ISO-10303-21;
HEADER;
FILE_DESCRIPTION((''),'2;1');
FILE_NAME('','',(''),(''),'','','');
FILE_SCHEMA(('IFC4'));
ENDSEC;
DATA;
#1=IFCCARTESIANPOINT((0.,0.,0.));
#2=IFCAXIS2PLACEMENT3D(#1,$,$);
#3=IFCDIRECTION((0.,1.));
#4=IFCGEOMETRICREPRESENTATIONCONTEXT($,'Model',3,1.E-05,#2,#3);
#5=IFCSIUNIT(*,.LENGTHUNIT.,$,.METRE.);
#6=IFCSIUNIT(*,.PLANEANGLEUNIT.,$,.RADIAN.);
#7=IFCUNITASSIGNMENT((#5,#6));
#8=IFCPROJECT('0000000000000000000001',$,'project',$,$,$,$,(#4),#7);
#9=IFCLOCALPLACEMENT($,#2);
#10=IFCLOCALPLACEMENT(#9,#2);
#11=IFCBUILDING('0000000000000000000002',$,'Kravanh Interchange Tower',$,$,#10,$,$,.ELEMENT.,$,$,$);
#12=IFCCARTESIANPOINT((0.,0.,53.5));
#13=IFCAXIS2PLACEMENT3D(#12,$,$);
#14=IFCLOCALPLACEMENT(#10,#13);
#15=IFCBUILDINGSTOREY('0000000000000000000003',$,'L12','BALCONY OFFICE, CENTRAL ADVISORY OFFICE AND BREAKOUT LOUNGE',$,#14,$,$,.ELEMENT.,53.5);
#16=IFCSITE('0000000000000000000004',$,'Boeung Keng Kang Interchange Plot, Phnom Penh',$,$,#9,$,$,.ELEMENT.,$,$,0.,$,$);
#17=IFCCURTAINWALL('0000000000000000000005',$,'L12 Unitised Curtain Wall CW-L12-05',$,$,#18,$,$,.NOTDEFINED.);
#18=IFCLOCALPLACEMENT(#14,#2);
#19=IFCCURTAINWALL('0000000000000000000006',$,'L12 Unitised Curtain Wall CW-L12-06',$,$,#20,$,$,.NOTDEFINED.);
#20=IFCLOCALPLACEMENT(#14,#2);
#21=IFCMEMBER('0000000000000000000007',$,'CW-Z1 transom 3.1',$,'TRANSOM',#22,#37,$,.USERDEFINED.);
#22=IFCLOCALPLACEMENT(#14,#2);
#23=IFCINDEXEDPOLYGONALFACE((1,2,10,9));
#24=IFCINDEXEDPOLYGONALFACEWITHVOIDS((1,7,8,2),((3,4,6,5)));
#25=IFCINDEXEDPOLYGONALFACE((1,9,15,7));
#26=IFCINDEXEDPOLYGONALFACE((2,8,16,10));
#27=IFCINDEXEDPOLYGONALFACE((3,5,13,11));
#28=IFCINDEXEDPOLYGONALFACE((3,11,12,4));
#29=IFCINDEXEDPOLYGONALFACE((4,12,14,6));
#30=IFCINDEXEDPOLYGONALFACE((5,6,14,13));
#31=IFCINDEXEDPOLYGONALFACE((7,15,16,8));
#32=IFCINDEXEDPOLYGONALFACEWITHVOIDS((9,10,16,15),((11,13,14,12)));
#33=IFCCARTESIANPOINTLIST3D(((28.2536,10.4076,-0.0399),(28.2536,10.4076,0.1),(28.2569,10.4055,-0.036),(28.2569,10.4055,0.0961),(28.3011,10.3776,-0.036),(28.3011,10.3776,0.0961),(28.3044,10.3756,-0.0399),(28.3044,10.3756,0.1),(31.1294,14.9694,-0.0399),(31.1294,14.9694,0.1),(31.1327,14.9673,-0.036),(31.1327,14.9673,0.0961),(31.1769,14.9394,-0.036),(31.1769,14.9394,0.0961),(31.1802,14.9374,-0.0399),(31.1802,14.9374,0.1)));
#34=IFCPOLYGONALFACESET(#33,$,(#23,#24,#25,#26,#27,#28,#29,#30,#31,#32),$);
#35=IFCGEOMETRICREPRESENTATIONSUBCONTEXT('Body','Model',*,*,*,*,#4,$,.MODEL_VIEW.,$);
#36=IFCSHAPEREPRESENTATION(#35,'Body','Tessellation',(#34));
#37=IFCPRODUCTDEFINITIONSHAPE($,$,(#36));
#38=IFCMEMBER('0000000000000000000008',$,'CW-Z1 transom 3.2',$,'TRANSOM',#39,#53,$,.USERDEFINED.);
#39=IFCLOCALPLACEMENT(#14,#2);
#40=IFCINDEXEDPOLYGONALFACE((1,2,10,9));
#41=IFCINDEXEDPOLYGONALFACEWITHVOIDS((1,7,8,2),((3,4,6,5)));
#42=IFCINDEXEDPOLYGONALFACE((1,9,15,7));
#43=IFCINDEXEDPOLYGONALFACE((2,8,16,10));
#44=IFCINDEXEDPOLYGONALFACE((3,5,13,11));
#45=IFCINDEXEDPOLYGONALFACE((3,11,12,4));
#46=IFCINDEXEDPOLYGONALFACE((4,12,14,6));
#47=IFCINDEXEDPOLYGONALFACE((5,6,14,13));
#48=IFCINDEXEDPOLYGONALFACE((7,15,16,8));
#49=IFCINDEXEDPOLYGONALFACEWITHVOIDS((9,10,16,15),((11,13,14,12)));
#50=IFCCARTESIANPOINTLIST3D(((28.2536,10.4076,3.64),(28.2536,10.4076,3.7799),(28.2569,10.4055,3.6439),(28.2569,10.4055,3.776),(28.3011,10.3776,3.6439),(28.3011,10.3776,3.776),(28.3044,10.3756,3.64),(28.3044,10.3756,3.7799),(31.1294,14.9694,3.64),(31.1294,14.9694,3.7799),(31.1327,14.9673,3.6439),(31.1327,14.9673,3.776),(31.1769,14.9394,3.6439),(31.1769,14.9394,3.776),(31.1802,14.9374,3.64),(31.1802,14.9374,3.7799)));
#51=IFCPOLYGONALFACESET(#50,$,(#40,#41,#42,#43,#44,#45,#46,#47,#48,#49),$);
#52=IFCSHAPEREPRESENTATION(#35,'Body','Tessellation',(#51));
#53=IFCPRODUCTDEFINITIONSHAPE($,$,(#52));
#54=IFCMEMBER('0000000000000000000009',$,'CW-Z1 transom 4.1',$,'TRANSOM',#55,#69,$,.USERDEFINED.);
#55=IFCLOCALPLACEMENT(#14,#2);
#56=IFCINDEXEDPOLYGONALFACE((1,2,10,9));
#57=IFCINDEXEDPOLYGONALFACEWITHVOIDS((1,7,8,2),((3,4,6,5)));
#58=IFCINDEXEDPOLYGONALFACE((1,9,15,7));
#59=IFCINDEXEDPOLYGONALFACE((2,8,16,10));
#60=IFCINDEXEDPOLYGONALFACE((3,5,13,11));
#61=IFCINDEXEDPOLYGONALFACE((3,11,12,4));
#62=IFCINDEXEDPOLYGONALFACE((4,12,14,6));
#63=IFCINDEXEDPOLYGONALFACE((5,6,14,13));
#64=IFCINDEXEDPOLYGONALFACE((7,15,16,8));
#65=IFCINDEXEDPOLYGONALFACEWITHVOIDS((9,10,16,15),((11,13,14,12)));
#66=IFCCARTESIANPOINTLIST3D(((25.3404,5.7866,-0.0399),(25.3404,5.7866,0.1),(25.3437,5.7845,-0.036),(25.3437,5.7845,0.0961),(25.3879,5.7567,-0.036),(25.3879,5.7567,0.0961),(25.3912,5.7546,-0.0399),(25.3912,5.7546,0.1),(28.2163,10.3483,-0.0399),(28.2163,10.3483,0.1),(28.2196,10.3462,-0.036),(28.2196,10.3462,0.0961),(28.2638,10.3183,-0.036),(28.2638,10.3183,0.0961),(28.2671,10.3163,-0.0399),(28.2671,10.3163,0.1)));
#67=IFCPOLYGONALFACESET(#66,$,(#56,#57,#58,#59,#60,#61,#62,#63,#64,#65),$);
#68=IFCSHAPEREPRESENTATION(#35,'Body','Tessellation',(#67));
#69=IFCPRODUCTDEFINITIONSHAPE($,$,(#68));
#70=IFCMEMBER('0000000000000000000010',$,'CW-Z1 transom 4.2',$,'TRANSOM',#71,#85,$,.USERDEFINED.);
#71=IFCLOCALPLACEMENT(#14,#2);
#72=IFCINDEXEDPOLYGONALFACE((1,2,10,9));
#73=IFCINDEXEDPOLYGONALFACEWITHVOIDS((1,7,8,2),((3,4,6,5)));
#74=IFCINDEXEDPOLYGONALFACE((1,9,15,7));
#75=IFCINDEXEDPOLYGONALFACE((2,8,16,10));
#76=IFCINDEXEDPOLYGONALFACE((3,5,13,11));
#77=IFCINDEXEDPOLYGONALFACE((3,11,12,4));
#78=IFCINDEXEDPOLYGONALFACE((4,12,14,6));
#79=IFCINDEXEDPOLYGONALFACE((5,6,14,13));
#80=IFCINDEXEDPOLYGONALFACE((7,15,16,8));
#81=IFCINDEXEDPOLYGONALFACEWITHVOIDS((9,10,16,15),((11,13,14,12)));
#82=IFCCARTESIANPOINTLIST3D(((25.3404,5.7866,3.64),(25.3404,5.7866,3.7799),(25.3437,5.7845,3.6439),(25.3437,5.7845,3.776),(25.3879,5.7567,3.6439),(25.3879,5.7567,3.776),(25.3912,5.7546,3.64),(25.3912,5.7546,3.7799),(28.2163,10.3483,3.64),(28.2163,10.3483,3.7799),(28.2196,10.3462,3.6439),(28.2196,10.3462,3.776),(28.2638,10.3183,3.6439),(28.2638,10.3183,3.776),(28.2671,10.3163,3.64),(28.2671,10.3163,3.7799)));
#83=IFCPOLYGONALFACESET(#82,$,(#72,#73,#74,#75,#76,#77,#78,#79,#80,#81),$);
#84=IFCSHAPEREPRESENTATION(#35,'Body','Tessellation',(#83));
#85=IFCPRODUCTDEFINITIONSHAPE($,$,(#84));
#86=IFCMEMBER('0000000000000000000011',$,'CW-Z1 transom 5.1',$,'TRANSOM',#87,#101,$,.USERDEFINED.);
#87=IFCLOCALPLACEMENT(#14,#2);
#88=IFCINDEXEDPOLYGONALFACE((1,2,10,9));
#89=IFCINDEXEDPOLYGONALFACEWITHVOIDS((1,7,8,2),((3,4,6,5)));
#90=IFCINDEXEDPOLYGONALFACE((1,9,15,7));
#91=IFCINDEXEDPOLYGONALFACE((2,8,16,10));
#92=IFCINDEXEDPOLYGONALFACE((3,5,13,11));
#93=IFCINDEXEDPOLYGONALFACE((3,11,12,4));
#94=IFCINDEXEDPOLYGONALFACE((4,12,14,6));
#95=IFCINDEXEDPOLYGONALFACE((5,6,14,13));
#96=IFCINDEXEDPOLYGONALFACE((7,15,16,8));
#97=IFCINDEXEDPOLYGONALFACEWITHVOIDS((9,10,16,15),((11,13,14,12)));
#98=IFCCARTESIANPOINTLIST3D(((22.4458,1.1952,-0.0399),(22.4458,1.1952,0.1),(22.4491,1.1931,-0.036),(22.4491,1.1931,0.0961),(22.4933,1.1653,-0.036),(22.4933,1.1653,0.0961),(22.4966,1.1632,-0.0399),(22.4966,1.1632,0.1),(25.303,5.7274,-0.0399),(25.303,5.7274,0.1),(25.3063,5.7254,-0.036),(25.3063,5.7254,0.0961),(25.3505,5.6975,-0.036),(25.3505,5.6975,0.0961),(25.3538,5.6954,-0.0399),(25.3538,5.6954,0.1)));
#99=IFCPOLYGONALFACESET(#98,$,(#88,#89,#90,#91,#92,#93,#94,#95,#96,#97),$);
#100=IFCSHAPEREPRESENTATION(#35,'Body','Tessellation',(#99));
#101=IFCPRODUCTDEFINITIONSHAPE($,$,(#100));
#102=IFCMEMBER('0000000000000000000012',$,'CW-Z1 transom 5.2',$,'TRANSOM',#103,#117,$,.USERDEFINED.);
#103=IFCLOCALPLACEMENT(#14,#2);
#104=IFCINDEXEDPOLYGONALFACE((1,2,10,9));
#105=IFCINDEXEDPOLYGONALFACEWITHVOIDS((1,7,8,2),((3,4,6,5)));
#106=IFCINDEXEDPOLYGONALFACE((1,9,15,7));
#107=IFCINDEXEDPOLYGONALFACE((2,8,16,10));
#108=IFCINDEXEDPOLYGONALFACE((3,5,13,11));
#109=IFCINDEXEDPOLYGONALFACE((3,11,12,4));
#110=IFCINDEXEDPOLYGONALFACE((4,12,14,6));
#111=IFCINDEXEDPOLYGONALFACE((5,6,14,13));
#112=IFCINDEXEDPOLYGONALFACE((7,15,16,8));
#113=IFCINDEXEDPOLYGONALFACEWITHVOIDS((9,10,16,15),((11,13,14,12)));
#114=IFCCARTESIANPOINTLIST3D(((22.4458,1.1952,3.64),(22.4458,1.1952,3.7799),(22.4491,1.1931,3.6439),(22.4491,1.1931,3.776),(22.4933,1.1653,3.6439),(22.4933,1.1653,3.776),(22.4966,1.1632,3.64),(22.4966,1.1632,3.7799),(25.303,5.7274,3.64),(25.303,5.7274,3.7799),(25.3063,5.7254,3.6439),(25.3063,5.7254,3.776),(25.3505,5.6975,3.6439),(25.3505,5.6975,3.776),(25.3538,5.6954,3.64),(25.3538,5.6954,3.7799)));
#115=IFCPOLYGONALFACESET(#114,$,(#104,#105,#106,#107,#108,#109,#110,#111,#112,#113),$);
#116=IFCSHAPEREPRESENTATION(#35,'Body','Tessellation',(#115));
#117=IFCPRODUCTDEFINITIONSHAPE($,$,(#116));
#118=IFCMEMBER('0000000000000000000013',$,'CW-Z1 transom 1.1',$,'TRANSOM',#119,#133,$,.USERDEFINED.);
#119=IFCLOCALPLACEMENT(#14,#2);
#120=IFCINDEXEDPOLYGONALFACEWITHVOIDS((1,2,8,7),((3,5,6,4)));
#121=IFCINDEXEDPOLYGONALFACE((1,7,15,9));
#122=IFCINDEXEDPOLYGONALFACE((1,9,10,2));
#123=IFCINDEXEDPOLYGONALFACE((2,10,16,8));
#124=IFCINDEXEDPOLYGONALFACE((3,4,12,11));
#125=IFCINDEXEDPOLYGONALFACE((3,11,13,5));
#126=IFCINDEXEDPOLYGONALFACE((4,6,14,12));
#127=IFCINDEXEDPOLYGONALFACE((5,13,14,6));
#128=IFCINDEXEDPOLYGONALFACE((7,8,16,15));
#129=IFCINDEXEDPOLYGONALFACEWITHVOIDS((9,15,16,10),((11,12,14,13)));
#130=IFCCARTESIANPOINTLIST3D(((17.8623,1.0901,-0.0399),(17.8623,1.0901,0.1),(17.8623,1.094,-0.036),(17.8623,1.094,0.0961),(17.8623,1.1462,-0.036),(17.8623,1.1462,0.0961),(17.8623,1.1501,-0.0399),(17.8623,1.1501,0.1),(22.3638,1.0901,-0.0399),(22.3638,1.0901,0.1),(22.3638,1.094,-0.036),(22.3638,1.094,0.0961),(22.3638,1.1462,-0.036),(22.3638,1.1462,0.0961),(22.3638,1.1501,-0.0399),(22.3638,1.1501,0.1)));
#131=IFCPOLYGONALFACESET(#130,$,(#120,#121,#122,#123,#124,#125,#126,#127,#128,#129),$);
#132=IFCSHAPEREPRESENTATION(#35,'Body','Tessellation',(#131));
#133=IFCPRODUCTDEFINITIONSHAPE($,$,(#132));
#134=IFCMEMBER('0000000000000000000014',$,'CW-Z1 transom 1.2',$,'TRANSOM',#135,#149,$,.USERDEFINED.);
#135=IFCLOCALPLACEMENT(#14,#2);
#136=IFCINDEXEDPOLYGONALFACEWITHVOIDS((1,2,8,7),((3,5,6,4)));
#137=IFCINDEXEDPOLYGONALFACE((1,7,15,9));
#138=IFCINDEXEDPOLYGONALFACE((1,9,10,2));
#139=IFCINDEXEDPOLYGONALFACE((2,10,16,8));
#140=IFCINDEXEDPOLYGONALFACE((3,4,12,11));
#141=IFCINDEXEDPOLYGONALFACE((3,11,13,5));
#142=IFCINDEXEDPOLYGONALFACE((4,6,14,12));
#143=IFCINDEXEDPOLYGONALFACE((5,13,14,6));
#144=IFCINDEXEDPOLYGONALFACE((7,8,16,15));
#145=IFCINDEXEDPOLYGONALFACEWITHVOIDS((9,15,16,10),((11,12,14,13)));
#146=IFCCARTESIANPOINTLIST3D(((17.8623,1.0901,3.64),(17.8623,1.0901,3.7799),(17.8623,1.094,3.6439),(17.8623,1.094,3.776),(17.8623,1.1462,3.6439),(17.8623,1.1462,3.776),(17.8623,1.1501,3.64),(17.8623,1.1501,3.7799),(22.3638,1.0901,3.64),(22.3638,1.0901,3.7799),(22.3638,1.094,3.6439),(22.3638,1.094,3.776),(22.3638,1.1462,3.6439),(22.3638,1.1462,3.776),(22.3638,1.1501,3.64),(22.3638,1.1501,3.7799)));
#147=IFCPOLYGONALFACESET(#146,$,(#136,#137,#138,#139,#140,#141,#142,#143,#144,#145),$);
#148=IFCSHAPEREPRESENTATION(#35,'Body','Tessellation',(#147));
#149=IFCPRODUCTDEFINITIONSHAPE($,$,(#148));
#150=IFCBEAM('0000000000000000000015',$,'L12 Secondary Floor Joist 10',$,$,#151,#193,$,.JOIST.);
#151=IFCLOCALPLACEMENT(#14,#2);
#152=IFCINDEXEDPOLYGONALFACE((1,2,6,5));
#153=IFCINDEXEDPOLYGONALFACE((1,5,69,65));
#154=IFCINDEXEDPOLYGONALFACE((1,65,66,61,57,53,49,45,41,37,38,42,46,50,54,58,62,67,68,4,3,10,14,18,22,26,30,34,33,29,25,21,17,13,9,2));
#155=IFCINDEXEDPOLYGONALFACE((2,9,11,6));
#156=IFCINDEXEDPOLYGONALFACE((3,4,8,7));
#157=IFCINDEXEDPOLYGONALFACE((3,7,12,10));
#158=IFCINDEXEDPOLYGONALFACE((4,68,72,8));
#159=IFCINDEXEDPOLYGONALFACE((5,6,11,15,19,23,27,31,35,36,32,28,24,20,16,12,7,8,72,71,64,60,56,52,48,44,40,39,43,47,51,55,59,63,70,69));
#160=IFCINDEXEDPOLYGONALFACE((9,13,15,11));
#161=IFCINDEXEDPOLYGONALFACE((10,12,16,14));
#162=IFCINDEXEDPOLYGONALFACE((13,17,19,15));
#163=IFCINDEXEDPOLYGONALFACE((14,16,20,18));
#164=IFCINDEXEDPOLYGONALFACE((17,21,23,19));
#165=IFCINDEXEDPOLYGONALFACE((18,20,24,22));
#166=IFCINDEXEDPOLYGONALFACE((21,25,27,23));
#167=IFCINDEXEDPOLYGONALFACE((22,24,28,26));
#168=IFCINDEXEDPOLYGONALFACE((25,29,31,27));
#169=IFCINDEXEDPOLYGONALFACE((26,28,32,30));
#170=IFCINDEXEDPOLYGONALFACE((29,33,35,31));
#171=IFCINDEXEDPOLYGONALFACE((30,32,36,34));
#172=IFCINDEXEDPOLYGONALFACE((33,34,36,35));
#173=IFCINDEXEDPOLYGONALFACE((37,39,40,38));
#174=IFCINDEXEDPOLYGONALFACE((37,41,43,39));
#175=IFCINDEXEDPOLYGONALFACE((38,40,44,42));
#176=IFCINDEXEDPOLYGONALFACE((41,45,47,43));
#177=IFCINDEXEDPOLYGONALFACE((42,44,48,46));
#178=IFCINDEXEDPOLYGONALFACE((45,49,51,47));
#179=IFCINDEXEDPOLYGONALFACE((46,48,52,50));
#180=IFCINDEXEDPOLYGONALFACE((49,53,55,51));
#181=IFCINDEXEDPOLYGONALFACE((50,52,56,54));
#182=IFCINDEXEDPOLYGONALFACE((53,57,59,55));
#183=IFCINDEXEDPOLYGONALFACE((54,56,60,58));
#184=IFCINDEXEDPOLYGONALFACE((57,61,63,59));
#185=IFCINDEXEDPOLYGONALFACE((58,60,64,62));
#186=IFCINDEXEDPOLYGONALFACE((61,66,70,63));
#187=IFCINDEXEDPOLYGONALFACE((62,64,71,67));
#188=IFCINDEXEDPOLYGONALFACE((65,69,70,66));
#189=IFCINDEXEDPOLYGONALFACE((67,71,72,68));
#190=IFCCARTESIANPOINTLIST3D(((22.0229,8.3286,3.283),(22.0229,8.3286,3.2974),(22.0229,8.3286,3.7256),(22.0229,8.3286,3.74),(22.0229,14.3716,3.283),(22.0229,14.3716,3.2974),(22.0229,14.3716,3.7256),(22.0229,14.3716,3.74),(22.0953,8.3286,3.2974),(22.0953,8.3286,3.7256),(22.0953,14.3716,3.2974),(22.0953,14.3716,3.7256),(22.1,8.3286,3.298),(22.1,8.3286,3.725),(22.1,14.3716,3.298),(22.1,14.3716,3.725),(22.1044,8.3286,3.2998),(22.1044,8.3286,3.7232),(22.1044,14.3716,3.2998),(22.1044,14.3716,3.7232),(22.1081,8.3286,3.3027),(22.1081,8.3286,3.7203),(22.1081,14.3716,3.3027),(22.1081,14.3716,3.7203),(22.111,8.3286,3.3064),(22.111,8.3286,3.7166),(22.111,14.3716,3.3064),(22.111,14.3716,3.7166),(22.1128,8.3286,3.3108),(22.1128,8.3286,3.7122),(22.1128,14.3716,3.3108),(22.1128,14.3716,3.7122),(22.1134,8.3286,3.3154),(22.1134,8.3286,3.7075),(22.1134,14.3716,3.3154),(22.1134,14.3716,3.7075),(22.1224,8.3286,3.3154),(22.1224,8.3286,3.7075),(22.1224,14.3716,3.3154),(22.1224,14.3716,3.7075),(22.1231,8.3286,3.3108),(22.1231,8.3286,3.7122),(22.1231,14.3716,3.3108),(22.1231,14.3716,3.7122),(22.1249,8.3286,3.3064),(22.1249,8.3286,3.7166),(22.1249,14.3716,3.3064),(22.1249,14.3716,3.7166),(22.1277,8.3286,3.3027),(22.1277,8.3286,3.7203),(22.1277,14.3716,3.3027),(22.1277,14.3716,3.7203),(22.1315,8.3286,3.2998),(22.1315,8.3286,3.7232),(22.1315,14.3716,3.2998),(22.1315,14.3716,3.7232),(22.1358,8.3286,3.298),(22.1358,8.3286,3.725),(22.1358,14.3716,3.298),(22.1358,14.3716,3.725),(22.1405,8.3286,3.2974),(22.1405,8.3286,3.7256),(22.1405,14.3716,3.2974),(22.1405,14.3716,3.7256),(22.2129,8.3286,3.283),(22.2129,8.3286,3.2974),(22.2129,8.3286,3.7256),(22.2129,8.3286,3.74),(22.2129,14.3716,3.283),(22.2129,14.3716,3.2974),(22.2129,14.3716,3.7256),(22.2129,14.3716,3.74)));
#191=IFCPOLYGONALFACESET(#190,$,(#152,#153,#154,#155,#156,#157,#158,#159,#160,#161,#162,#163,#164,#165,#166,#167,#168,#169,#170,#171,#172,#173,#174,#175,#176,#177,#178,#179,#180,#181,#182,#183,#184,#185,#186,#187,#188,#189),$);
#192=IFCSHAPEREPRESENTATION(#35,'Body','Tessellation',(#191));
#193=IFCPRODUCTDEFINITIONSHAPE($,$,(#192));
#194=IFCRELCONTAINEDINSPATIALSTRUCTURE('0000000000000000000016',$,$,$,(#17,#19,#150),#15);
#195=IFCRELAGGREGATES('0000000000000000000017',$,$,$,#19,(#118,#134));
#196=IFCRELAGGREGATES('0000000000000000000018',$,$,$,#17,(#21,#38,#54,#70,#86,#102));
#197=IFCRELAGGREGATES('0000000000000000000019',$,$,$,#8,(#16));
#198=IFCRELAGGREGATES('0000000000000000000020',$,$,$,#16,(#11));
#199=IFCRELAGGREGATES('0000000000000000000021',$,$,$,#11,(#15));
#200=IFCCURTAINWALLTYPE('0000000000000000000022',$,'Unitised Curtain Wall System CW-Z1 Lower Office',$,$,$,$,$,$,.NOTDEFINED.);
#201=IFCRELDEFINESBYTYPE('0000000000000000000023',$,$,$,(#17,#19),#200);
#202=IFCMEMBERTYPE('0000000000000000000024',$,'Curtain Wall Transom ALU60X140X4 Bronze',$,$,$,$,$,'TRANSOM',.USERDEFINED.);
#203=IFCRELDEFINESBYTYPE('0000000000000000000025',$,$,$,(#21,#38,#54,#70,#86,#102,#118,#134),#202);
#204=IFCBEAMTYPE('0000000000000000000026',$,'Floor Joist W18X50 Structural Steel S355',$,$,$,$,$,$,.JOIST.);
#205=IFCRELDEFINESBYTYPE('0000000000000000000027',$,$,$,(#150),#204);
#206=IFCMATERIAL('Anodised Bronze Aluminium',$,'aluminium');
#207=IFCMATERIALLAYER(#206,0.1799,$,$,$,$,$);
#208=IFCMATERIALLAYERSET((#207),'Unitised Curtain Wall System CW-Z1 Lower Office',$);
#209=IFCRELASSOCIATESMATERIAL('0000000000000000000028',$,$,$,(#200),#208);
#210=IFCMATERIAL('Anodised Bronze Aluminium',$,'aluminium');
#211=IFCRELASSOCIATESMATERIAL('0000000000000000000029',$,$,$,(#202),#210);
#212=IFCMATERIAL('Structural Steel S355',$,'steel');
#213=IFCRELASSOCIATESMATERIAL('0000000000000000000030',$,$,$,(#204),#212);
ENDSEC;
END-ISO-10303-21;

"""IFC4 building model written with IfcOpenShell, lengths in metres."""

from ifc_helpers import new_model, si_unit, direction, frame, origin, origin_2d, place, context, subcontext, project, spatial, hollow_rectangle, i_section, extrude, material, layer, layer_set, material_profile, profile_set, type_object, element, aggregate, save


model = new_model("IFC4")

# Units and contexts
model_context = context("Model", 3, precision=1e-05, world=origin(), true_north=direction((0.0, 1.0)))
body_context = subcontext(model_context, "Body", "Model", "MODEL_VIEW")
ifc_project = project(units=[si_unit("LENGTHUNIT", "METRE"), si_unit("PLANEANGLEUNIT", "RADIAN")], contexts=[model_context])

# Site, building, storey
site_placement = place(None, origin())
site = spatial("IfcSite", under=ifc_project, at=site_placement, Name="Boeung Keng Kang Interchange Plot, Phnom Penh", CompositionType="ELEMENT", RefElevation=0.0)
building_placement = place(site_placement, origin())
building = spatial("IfcBuilding", under=site, at=building_placement, Name="Kravanh Interchange Tower", CompositionType="ELEMENT")
storey_placement = place(building_placement, frame((0.0, 0.0, 53.5)))
storey = spatial("IfcBuildingStorey", under=building, at=storey_placement, Name="L12", Description="BALCONY OFFICE, CENTRAL ADVISORY OFFICE AND BREAKOUT LOUNGE", CompositionType="ELEMENT", Elevation=53.5)

# Curtain wall
ifc_material_1 = material(Name="Anodised Bronze Aluminium", Category="aluminium")
ifc_layer_1 = layer(ifc_material_1, 0.1799)
ifc_layer_set_1 = layer_set([ifc_layer_1], Name="Unitised Curtain Wall System CW-Z1 Lower Office")
curtain_wall_type = type_object("IfcCurtainWallType", Name="Unitised Curtain Wall System CW-Z1 Lower Office", PredefinedType="NOTDEFINED", material=ifc_layer_set_1)
curtain_wall_1_placement = place(storey_placement, origin())
curtain_wall_1 = element("IfcCurtainWall", 1, at=curtain_wall_1_placement, inside=storey, type_object=curtain_wall_type, Name="L12 Unitised Curtain Wall CW-L12-05", PredefinedType="NOTDEFINED")

# Curtain wall
curtain_wall_2_placement = place(storey_placement, origin())
curtain_wall_2 = element("IfcCurtainWall", 2, at=curtain_wall_2_placement, inside=storey, type_object=curtain_wall_type, Name="L12 Unitised Curtain Wall CW-L12-06", PredefinedType="NOTDEFINED")

# Members
ifc_material_2 = material(Name="Anodised Bronze Aluminium", Category="aluminium")
ifc_material_profile_1 = material_profile(ifc_material_2, hollow_rectangle(XDim=0.0601, YDim=0.1399, WallThickness=0.0039, at=origin_2d()), Name="ALU60X140X4")
ifc_profile_set_1 = profile_set([ifc_material_profile_1], Name="Anodised Bronze Aluminium")
member_type_1 = type_object("IfcMemberType", Name="Curtain Wall Transom ALU60X140X4 Bronze", ElementType="TRANSOM", PredefinedType="USERDEFINED", material=ifc_profile_set_1)
member_1_placement = place(storey_placement, frame((31.1548, 14.9534, 0.03), z_axis=(-0.533279, -0.845939, 0.0), x_axis=(0.845939, -0.533279, 0.0)))
member_1 = element("IfcMember", 3, at=member_1_placement, type_object=member_type_1, Name="CW-Z1 transom 3.1", ObjectType="TRANSOM", PredefinedType="USERDEFINED", context=body_context, shape_type="SweptSolid", body=[
    extrude(hollow_rectangle(XDim=0.0601, YDim=0.1399, WallThickness=0.0039, at=origin_2d()), origin(), (0.0, 0.0, 1.0), 5.3926),
])
member_2_placement = place(storey_placement, frame((31.1548, 14.9534, 3.71), z_axis=(-0.533279, -0.845939, 0.0), x_axis=(0.845939, -0.533279, 0.0)))
member_2 = element("IfcMember", 4, at=member_2_placement, type_object=member_type_1, Name="CW-Z1 transom 3.2", ObjectType="TRANSOM", PredefinedType="USERDEFINED", context=body_context, shape_type="SweptSolid", body=[
    extrude(hollow_rectangle(XDim=0.0601, YDim=0.1399, WallThickness=0.0039, at=origin_2d()), origin(), (0.0, 0.0, 1.0), 5.3926),
])
member_3_placement = place(storey_placement, frame((28.2417, 10.3323, 0.03), z_axis=(-0.533311, -0.845919, 0.0), x_axis=(0.845919, -0.533311, 0.0)))
member_3 = element("IfcMember", 5, at=member_3_placement, type_object=member_type_1, Name="CW-Z1 transom 4.1", ObjectType="TRANSOM", PredefinedType="USERDEFINED", context=body_context, shape_type="SweptSolid", body=[
    extrude(hollow_rectangle(XDim=0.0601, YDim=0.1399, WallThickness=0.0039, at=origin_2d()), origin(), (0.0, 0.0, 1.0), 5.3926),
])
member_4_placement = place(storey_placement, frame((28.2417, 10.3323, 3.71), z_axis=(-0.533311, -0.845919, 0.0), x_axis=(0.845919, -0.533311, 0.0)))
member_4 = element("IfcMember", 6, at=member_4_placement, type_object=member_type_1, Name="CW-Z1 transom 4.2", ObjectType="TRANSOM", PredefinedType="USERDEFINED", context=body_context, shape_type="SweptSolid", body=[
    extrude(hollow_rectangle(XDim=0.0601, YDim=0.1399, WallThickness=0.0039, at=origin_2d()), origin(), (0.0, 0.0, 1.0), 5.3926),
])
member_5_placement = place(storey_placement, frame((25.3284, 5.7114, 0.03), z_axis=(-0.533288, -0.845934, 0.0), x_axis=(0.845934, -0.533288, 0.0)))
member_5 = element("IfcMember", 7, at=member_5_placement, type_object=member_type_1, Name="CW-Z1 transom 5.1", ObjectType="TRANSOM", PredefinedType="USERDEFINED", context=body_context, shape_type="SweptSolid", body=[
    extrude(hollow_rectangle(XDim=0.0601, YDim=0.1399, WallThickness=0.0039, at=origin_2d()), origin(), (0.0, 0.0, 1.0), 5.3577),
])
member_6_placement = place(storey_placement, frame((25.3284, 5.7114, 3.71), z_axis=(-0.533288, -0.845934, 0.0), x_axis=(0.845934, -0.533288, 0.0)))
member_6 = element("IfcMember", 8, at=member_6_placement, type_object=member_type_1, Name="CW-Z1 transom 5.2", ObjectType="TRANSOM", PredefinedType="USERDEFINED", context=body_context, shape_type="SweptSolid", body=[
    extrude(hollow_rectangle(XDim=0.0601, YDim=0.1399, WallThickness=0.0039, at=origin_2d()), origin(), (0.0, 0.0, 1.0), 5.3577),
])
member_7_placement = place(storey_placement, frame((22.3638, 1.1201, 0.03), z_axis=(-1.0, 0.0, 0.0), x_axis=(0.0, -1.0, 0.0)))
member_7 = element("IfcMember", 9, at=member_7_placement, type_object=member_type_1, Name="CW-Z1 transom 1.1", ObjectType="TRANSOM", PredefinedType="USERDEFINED", context=body_context, shape_type="SweptSolid", body=[
    extrude(hollow_rectangle(XDim=0.0601, YDim=0.1399, WallThickness=0.0039, at=origin_2d()), origin(), (0.0, 0.0, 1.0), 4.5015),
])
member_8_placement = place(storey_placement, frame((22.3638, 1.1201, 3.71), z_axis=(-1.0, 0.0, 0.0), x_axis=(0.0, -1.0, 0.0)))
member_8 = element("IfcMember", 10, at=member_8_placement, type_object=member_type_1, Name="CW-Z1 transom 1.2", ObjectType="TRANSOM", PredefinedType="USERDEFINED", context=body_context, shape_type="SweptSolid", body=[
    extrude(hollow_rectangle(XDim=0.0601, YDim=0.1399, WallThickness=0.0039, at=origin_2d()), origin(), (0.0, 0.0, 1.0), 4.5015),
])
aggregate(curtain_wall_2, [member_7, member_8])

# Beam
ifc_material_3 = material(Name="Structural Steel S355", Category="steel")
ifc_material_profile_2 = material_profile(ifc_material_3, i_section(OverallWidth=0.1899, OverallDepth=0.457, WebThickness=0.009, FlangeThickness=0.0144, FilletRadius=0.0181, at=origin_2d()), Name="W18X50")
ifc_profile_set_2 = profile_set([ifc_material_profile_2], Name="Structural Steel S355")
beam_type_1 = type_object("IfcBeamType", Name="Floor Joist W18X50 Structural Steel S355", PredefinedType="JOIST", material=ifc_profile_set_2)
beam_1_placement = place(storey_placement, frame((22.1179, 8.3286, 3.5115), z_axis=(0.0, 1.0, 0.0), x_axis=(-1.0, 0.0, 0.0)))
element("IfcBeam", 11, at=beam_1_placement, inside=storey, type_object=beam_type_1, Name="L12 Secondary Floor Joist 10", PredefinedType="JOIST", context=body_context, shape_type="SweptSolid", body=[
    extrude(i_section(OverallWidth=0.1899, OverallDepth=0.457, WebThickness=0.009, FlangeThickness=0.0144, FilletRadius=0.0181, at=origin_2d()), origin(), (0.0, 0.0, 1.0), 6.043),
])

aggregate(curtain_wall_1, [member_1, member_2, member_3, member_4, member_5, member_6])

save(model, "model.ifc")
